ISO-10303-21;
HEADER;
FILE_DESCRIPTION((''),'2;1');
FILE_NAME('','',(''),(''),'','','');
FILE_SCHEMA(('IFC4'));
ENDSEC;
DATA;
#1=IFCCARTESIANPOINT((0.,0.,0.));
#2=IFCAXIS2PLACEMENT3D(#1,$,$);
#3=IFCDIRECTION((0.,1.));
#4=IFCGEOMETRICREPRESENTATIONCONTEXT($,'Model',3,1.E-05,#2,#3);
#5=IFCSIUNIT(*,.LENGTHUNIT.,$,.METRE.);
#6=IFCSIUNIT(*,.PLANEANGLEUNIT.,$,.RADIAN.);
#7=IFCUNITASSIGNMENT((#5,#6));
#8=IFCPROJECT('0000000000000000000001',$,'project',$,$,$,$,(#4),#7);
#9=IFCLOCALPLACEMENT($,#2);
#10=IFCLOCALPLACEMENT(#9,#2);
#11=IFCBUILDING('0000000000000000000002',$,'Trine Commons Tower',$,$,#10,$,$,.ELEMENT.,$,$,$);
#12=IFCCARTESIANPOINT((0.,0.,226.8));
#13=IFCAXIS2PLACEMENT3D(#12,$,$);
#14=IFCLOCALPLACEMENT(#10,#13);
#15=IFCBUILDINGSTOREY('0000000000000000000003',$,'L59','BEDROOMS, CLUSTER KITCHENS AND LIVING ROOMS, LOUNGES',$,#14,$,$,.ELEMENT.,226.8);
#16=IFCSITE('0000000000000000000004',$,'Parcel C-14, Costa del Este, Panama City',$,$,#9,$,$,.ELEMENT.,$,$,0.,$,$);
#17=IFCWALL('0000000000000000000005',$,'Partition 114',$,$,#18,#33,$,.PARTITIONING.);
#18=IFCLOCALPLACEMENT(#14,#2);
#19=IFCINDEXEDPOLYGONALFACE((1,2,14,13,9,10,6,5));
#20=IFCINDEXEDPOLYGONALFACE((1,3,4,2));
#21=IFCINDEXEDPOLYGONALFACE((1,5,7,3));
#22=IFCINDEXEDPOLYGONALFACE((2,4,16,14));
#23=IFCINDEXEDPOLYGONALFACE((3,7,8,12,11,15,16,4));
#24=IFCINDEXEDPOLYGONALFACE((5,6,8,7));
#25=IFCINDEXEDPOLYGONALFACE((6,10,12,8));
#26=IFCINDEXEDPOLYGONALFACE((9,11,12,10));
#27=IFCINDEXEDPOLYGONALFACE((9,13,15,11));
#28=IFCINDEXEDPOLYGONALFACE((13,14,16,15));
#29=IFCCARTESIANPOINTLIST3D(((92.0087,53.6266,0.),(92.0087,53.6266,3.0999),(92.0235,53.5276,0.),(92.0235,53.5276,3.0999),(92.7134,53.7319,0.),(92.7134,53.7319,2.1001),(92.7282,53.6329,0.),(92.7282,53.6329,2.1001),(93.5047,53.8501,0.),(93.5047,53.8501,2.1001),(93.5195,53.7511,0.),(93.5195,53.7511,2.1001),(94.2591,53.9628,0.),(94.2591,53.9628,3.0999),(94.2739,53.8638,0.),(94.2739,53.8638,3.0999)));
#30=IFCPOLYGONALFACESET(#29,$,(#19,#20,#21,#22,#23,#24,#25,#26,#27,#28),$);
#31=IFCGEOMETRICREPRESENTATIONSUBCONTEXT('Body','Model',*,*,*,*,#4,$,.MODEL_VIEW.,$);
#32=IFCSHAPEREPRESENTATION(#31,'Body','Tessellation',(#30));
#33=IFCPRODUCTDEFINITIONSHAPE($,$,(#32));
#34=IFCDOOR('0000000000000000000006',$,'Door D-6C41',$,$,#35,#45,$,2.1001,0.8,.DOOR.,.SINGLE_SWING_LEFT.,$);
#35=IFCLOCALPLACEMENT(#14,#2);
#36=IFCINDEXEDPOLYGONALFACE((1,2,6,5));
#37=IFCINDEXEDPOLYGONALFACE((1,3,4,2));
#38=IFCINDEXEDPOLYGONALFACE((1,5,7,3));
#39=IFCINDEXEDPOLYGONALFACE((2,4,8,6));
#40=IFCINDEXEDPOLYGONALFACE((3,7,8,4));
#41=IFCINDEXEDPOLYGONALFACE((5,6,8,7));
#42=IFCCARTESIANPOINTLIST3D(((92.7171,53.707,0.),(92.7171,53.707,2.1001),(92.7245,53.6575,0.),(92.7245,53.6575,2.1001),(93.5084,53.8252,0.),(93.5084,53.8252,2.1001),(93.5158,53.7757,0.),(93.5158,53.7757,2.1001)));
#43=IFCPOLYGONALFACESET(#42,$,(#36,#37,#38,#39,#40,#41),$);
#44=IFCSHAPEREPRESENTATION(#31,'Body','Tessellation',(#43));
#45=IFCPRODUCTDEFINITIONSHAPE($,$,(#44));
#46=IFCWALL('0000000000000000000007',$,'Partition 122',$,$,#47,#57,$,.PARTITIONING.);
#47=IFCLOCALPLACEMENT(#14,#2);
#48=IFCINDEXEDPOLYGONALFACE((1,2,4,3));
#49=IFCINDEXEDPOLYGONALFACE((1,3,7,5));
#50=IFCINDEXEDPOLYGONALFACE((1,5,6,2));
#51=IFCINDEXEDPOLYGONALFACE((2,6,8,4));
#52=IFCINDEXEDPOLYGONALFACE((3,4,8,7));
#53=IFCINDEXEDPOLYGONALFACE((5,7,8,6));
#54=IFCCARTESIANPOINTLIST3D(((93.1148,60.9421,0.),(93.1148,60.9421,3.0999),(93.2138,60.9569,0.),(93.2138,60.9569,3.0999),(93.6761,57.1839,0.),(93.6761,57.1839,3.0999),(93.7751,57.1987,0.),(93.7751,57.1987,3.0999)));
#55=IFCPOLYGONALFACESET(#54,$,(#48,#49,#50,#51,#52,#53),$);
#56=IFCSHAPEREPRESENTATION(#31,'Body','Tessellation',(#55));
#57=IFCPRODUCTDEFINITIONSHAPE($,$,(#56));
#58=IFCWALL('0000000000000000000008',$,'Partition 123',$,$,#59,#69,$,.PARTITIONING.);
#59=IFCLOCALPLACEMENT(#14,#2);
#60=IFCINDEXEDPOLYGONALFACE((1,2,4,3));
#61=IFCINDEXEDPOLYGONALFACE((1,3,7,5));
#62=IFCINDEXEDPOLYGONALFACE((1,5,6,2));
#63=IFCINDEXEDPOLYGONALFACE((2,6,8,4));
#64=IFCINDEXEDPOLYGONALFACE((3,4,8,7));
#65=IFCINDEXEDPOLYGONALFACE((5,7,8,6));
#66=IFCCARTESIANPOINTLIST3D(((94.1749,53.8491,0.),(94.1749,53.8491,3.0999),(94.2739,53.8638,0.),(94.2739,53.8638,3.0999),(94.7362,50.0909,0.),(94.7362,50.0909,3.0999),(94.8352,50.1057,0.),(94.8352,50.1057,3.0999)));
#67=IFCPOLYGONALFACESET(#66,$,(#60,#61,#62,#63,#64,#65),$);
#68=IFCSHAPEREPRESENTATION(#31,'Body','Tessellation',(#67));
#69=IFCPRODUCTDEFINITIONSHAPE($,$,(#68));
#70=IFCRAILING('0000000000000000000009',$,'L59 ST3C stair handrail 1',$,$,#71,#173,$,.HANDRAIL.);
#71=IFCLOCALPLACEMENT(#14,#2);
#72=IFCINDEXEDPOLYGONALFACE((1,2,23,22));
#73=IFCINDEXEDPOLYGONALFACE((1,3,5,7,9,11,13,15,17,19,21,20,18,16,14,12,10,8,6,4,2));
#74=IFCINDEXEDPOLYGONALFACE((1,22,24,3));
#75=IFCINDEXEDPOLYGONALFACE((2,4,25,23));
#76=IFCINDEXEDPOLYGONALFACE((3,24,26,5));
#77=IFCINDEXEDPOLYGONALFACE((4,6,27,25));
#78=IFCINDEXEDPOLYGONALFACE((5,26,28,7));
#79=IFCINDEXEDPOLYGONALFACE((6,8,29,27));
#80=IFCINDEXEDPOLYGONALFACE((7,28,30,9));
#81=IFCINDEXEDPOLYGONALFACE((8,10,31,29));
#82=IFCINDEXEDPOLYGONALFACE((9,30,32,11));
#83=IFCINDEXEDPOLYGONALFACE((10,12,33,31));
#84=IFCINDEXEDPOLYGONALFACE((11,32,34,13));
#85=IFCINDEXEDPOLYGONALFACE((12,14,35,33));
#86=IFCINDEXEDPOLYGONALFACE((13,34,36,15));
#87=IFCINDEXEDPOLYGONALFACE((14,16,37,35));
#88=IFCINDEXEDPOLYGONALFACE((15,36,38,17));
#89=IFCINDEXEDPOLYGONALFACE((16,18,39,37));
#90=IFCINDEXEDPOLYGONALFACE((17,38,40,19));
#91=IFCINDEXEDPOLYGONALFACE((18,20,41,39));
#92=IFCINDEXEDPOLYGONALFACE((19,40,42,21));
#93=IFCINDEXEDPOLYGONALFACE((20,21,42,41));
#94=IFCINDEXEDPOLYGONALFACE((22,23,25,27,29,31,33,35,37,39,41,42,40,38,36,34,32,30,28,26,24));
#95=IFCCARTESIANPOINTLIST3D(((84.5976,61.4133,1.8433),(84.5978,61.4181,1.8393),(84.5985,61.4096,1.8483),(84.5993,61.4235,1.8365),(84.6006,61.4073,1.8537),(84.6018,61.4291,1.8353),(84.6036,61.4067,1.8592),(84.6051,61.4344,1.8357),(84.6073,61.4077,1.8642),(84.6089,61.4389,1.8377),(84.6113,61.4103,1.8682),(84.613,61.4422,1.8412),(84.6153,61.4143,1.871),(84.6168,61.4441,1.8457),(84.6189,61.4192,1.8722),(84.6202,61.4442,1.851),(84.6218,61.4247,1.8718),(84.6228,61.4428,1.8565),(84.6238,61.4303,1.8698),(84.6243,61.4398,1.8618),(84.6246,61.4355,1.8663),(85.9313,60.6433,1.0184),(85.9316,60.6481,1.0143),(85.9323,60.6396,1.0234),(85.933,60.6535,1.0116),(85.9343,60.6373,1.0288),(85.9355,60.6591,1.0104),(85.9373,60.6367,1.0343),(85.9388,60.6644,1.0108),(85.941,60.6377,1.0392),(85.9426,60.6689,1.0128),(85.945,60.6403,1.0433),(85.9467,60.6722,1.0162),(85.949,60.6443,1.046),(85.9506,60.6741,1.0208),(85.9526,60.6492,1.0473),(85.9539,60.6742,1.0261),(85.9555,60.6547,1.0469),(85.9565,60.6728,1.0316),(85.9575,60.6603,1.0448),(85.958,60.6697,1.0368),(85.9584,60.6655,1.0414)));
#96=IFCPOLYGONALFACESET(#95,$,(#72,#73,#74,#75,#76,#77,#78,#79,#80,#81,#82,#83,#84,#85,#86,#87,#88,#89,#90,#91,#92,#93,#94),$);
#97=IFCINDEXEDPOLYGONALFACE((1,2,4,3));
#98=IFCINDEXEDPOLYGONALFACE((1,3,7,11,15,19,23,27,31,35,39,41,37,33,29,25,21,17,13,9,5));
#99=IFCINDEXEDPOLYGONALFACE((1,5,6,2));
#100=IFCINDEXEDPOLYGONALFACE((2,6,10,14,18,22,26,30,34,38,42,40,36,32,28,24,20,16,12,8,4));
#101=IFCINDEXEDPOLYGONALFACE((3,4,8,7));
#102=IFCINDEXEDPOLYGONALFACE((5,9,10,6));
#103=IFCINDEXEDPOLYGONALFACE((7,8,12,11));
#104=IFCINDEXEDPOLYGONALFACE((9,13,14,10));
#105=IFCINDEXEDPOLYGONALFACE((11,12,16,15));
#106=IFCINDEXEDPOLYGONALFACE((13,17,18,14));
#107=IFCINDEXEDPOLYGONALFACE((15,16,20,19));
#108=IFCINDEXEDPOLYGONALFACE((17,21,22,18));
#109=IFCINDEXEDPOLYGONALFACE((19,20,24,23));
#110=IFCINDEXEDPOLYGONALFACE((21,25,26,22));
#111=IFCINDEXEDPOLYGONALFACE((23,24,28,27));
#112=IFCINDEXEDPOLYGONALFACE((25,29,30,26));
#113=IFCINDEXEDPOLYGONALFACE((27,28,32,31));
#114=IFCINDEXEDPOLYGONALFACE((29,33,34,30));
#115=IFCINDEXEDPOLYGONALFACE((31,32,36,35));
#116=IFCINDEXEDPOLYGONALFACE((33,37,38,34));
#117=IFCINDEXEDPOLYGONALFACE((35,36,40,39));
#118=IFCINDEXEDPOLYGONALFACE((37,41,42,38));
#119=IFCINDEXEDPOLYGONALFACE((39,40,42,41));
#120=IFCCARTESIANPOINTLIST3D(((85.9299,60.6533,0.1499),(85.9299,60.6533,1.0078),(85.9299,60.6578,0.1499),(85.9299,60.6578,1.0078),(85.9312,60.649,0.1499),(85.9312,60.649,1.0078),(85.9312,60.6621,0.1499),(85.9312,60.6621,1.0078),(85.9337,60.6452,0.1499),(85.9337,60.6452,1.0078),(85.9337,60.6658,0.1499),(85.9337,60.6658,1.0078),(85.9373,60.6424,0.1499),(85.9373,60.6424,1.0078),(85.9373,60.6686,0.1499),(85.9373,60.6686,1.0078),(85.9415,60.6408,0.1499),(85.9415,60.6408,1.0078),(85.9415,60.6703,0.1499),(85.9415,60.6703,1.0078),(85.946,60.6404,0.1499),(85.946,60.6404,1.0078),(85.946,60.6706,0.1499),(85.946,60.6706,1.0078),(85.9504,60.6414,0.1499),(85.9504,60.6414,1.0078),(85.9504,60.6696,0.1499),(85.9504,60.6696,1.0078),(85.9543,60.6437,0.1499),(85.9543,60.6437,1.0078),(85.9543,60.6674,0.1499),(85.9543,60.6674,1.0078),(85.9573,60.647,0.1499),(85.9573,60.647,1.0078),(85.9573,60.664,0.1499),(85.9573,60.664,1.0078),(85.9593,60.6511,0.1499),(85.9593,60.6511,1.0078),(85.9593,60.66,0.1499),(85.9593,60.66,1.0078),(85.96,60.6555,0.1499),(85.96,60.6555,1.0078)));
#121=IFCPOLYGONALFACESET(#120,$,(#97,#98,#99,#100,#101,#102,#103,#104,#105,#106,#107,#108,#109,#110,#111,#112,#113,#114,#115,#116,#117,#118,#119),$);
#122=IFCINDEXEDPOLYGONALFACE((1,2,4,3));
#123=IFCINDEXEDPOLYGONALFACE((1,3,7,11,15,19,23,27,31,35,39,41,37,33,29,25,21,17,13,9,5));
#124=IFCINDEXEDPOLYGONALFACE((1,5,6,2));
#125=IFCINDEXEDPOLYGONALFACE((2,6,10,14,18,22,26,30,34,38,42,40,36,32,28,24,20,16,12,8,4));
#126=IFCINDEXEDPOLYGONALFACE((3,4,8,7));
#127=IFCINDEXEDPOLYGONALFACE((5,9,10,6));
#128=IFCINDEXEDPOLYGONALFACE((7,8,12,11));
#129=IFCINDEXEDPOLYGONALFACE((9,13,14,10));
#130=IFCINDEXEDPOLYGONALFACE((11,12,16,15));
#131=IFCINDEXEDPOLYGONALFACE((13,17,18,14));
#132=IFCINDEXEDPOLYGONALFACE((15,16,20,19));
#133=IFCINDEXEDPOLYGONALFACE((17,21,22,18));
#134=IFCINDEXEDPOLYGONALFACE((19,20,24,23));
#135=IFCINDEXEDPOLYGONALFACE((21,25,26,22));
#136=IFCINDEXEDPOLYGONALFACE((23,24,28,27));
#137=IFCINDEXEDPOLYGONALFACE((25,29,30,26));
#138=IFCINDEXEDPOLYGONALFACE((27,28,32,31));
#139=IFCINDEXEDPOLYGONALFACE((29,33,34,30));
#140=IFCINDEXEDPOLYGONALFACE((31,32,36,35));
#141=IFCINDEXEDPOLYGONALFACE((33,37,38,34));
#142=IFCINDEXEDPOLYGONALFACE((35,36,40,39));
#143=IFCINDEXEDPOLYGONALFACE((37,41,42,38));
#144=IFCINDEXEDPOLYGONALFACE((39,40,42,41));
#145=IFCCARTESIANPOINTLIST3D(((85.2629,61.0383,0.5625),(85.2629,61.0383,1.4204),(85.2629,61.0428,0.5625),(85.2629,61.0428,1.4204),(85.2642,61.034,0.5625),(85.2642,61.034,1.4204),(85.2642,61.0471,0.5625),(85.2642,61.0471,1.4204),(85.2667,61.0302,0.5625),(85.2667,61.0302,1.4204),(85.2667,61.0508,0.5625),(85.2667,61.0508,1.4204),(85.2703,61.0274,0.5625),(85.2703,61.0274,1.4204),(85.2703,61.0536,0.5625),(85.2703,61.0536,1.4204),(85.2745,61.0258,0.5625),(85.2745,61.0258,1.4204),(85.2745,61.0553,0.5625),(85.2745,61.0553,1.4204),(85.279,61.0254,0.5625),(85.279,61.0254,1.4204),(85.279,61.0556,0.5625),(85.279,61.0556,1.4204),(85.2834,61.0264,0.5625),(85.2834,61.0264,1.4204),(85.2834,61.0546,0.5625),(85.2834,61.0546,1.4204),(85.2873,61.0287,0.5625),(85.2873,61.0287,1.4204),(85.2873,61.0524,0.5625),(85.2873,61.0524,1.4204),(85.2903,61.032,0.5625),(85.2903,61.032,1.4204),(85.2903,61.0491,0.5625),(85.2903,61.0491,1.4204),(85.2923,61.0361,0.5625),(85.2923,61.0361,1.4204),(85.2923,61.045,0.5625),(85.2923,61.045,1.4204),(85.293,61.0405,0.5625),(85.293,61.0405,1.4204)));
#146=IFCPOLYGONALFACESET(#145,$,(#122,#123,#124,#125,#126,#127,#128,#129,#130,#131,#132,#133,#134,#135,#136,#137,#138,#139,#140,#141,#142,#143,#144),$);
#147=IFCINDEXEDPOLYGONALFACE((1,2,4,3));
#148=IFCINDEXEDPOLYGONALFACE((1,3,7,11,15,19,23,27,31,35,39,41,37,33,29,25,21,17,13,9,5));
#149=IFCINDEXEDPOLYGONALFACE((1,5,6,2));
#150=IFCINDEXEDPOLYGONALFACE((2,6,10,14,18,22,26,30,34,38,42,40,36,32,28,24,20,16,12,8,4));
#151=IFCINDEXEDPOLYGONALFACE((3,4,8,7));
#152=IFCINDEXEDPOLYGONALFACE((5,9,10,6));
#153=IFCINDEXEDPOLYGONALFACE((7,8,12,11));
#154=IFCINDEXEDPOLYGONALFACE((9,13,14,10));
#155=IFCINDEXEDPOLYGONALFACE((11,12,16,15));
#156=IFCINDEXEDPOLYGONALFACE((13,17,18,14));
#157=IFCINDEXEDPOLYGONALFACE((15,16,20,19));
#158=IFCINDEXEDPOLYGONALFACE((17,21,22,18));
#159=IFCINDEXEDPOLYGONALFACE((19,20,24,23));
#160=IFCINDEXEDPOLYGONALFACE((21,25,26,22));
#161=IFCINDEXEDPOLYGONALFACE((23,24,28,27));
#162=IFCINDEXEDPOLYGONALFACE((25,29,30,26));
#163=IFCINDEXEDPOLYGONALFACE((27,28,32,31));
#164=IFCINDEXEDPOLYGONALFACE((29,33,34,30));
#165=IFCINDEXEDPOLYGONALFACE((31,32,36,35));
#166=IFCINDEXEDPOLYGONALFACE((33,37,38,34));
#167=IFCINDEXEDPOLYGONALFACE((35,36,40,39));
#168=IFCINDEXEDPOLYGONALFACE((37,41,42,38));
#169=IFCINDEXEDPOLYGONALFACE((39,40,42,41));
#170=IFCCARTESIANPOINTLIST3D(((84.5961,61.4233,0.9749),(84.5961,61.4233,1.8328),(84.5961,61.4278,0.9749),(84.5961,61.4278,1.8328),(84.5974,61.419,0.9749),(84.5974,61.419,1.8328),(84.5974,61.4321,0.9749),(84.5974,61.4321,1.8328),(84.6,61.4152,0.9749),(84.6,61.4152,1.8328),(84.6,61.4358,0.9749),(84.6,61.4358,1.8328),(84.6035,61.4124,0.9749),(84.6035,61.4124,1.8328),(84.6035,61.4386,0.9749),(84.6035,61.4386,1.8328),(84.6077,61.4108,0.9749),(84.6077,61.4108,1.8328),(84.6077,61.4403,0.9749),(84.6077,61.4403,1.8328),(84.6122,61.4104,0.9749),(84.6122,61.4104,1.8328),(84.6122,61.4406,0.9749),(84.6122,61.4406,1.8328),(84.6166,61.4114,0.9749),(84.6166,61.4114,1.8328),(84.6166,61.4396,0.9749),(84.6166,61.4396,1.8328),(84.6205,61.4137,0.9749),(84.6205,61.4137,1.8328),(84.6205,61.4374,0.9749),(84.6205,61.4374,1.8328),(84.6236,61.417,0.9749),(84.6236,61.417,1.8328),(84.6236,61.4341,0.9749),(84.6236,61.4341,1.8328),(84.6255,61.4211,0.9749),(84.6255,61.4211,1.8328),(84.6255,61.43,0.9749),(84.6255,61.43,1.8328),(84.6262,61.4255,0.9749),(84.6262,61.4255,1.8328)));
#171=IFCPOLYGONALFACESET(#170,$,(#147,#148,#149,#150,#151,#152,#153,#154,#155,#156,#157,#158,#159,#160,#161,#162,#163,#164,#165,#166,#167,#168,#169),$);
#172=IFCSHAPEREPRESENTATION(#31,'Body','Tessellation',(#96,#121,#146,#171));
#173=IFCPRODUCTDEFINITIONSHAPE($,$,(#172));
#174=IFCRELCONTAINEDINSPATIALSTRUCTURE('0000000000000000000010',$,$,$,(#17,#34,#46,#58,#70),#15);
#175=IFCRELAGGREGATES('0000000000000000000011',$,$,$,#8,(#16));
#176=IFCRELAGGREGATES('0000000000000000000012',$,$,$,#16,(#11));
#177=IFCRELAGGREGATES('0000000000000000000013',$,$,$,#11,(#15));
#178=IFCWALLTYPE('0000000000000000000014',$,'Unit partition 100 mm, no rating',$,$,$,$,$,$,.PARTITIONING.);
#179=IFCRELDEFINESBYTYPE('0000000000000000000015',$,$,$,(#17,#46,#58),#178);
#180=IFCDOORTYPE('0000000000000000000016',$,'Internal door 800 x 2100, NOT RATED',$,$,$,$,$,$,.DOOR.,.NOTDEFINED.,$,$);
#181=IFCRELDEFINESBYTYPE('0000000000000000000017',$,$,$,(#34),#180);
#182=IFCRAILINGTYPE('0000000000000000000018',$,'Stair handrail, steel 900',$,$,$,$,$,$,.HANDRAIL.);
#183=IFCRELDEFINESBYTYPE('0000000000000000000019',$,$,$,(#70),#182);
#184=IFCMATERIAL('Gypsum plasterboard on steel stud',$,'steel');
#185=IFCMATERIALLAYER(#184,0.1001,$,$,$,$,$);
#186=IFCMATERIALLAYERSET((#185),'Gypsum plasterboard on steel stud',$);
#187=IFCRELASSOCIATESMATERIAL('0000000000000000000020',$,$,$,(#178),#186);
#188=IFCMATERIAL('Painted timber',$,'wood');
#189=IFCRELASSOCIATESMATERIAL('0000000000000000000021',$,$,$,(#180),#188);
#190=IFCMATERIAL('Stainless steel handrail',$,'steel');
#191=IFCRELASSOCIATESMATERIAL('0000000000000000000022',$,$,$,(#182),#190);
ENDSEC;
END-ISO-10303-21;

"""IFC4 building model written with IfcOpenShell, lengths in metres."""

from ifc_helpers import new_model, si_unit, direction, frame, frame_2d, origin, origin_2d, place, context, subcontext, project, spatial, rectangle, circle, extrude, material, layer, layer_set, type_object, element, fill, save


model = new_model("IFC4")

# Units and contexts
model_context = context("Model", 3, precision=1e-05, world=origin(), true_north=direction((0.0, 1.0)))
body_context = subcontext(model_context, "Body", "Model", "MODEL_VIEW")
ifc_project = project(units=[si_unit("LENGTHUNIT", "METRE"), si_unit("PLANEANGLEUNIT", "RADIAN")], contexts=[model_context])

# Site, building, storey
site_placement = place(None, origin())
site = spatial("IfcSite", under=ifc_project, at=site_placement, Name="Parcel C-14, Costa del Este, Panama City", CompositionType="ELEMENT", RefElevation=0.0)
building_placement = place(site_placement, origin())
building = spatial("IfcBuilding", under=site, at=building_placement, Name="Trine Commons Tower", CompositionType="ELEMENT")
storey_placement = place(building_placement, frame((0.0, 0.0, 226.8)))
storey = spatial("IfcBuildingStorey", under=building, at=storey_placement, Name="L59", Description="BEDROOMS, CLUSTER KITCHENS AND LIVING ROOMS, LOUNGES", CompositionType="ELEMENT", Elevation=226.8)

# Shared definitions
ifc_material_1 = material(Name="Gypsum plasterboard on steel stud", Category="steel")

# Wall, opening, door
ifc_layer_1 = layer(ifc_material_1, 0.1001)
ifc_layer_set_1 = layer_set([ifc_layer_1], Name="Gypsum plasterboard on steel stud")
wall_type_1 = type_object("IfcWallType", Name="Unit partition 100 mm, no rating", PredefinedType="PARTITIONING", material=ifc_layer_set_1)
ifc_material_2 = material(Name="Painted timber", Category="wood")
door_type_1 = type_object("IfcDoorType", Name="Internal door 800 x 2100, NOT RATED", OperationType="NOTDEFINED", PredefinedType="DOOR", material=ifc_material_2)
wall_1_placement = place(storey_placement, frame((92.0161, 53.5771, 0.0), z_axis=(0.0, 0.0, 1.0), x_axis=(0.989026, 0.147742, 0.0)))
wall_1 = element("IfcWall", 1, at=wall_1_placement, inside=storey, type_object=wall_type_1, Name="Partition 114", PredefinedType="PARTITIONING", context=body_context, shape_type="SweptSolid", body=[
    extrude(rectangle(XDim=2.2754, YDim=0.1001, at=frame_2d((1.1377, 0.0))), origin(), (0.0, 0.0, 1.0), 3.0999),
])
opening_1_placement = place(wall_1_placement, frame((0.7126, 0.0, 0.0)))
opening_1 = element("IfcOpeningElement", 2, at=opening_1_placement, cuts=wall_1, PredefinedType="OPENING", context=body_context, shape_type="SweptSolid", body=[
    extrude(rectangle(XDim=0.8, YDim=2.1001, at=frame_2d((0.3999, 1.05))), frame((0.0, 0.0601, 0.0), z_axis=(0.0, -1.0, 0.0), x_axis=(1.0, 0.0, 0.0)), (0.0, 0.0, 1.0), 0.1201),
])
door_1_placement = place(opening_1_placement, origin())
door_1 = element("IfcDoor", 3, at=door_1_placement, inside=storey, type_object=door_type_1, Name="Door D-6C41", OperationType="SINGLE_SWING_LEFT", OverallHeight=2.1001, OverallWidth=0.8, PredefinedType="DOOR", context=body_context, shape_type="SweptSolid", body=[
    extrude(rectangle(XDim=0.8, YDim=2.1001, at=frame_2d((0.3999, 1.05))), frame((0.0, 0.0249, 0.0), z_axis=(0.0, -1.0, 0.0), x_axis=(1.0, 0.0, 0.0)), (0.0, 0.0, 1.0), 0.05),
])
fill(opening_1, door_1)

# Walls
for number, where, z_axis, x_axis, name in (
    (4, (93.1643, 60.9495, 0.0), (0.0, 0.0, 1.0), (0.147715, -0.98903, 0.0), "Partition 122"),
    (5, (94.2244, 53.8564, 0.0), (0.0, 0.0, 1.0), (0.147715, -0.98903, 0.0), "Partition 123"),
):
    element("IfcWall", number, at=place(storey_placement, frame(where, z_axis=z_axis, x_axis=x_axis)), inside=storey, type_object=wall_type_1, Name=name, PredefinedType="PARTITIONING", context=body_context, shape_type="SweptSolid", body=[
        extrude(rectangle(XDim=3.7998, YDim=0.1001, at=frame_2d((1.8999, 0.0))), origin(), (0.0, 0.0, 1.0), 3.0999),
    ])

# Railing
ifc_material_3 = material(Name="Stainless steel handrail", Category="steel")
railing_type = type_object("IfcRailingType", Name="Stair handrail, steel 900", PredefinedType="HANDRAIL", material=ifc_material_3)
railing_placement = place(storey_placement, frame((85.9448, 60.6555, 0.1499)))
element("IfcRailing", 6, at=railing_placement, inside=storey, type_object=railing_type, Name="L59 ST3C stair handrail 1", PredefinedType="HANDRAIL", context=body_context, shape_type="SweptSolid", body=[
    extrude(circle(Radius=0.021, at=origin_2d()), frame((0.0, 0.0, 0.8789), z_axis=(-0.763405, 0.440743, 0.472185), x_axis=(-0.499992, -0.86603, 0.0)), (0.0, 0.0, 1.0), 1.7471),
    extrude(circle(Radius=0.0151, at=origin_2d()), origin(), (0.0, 0.0, 1.0), 0.8579),
    extrude(circle(Radius=0.0151, at=origin_2d()), frame((-0.667, 0.385, 0.4126)), (0.0, 0.0, 1.0), 0.8579),
    extrude(circle(Radius=0.0151, at=origin_2d()), frame((-1.3337, 0.77, 0.825)), (0.0, 0.0, 1.0), 0.8579),
])

save(model, "model.ifc")
